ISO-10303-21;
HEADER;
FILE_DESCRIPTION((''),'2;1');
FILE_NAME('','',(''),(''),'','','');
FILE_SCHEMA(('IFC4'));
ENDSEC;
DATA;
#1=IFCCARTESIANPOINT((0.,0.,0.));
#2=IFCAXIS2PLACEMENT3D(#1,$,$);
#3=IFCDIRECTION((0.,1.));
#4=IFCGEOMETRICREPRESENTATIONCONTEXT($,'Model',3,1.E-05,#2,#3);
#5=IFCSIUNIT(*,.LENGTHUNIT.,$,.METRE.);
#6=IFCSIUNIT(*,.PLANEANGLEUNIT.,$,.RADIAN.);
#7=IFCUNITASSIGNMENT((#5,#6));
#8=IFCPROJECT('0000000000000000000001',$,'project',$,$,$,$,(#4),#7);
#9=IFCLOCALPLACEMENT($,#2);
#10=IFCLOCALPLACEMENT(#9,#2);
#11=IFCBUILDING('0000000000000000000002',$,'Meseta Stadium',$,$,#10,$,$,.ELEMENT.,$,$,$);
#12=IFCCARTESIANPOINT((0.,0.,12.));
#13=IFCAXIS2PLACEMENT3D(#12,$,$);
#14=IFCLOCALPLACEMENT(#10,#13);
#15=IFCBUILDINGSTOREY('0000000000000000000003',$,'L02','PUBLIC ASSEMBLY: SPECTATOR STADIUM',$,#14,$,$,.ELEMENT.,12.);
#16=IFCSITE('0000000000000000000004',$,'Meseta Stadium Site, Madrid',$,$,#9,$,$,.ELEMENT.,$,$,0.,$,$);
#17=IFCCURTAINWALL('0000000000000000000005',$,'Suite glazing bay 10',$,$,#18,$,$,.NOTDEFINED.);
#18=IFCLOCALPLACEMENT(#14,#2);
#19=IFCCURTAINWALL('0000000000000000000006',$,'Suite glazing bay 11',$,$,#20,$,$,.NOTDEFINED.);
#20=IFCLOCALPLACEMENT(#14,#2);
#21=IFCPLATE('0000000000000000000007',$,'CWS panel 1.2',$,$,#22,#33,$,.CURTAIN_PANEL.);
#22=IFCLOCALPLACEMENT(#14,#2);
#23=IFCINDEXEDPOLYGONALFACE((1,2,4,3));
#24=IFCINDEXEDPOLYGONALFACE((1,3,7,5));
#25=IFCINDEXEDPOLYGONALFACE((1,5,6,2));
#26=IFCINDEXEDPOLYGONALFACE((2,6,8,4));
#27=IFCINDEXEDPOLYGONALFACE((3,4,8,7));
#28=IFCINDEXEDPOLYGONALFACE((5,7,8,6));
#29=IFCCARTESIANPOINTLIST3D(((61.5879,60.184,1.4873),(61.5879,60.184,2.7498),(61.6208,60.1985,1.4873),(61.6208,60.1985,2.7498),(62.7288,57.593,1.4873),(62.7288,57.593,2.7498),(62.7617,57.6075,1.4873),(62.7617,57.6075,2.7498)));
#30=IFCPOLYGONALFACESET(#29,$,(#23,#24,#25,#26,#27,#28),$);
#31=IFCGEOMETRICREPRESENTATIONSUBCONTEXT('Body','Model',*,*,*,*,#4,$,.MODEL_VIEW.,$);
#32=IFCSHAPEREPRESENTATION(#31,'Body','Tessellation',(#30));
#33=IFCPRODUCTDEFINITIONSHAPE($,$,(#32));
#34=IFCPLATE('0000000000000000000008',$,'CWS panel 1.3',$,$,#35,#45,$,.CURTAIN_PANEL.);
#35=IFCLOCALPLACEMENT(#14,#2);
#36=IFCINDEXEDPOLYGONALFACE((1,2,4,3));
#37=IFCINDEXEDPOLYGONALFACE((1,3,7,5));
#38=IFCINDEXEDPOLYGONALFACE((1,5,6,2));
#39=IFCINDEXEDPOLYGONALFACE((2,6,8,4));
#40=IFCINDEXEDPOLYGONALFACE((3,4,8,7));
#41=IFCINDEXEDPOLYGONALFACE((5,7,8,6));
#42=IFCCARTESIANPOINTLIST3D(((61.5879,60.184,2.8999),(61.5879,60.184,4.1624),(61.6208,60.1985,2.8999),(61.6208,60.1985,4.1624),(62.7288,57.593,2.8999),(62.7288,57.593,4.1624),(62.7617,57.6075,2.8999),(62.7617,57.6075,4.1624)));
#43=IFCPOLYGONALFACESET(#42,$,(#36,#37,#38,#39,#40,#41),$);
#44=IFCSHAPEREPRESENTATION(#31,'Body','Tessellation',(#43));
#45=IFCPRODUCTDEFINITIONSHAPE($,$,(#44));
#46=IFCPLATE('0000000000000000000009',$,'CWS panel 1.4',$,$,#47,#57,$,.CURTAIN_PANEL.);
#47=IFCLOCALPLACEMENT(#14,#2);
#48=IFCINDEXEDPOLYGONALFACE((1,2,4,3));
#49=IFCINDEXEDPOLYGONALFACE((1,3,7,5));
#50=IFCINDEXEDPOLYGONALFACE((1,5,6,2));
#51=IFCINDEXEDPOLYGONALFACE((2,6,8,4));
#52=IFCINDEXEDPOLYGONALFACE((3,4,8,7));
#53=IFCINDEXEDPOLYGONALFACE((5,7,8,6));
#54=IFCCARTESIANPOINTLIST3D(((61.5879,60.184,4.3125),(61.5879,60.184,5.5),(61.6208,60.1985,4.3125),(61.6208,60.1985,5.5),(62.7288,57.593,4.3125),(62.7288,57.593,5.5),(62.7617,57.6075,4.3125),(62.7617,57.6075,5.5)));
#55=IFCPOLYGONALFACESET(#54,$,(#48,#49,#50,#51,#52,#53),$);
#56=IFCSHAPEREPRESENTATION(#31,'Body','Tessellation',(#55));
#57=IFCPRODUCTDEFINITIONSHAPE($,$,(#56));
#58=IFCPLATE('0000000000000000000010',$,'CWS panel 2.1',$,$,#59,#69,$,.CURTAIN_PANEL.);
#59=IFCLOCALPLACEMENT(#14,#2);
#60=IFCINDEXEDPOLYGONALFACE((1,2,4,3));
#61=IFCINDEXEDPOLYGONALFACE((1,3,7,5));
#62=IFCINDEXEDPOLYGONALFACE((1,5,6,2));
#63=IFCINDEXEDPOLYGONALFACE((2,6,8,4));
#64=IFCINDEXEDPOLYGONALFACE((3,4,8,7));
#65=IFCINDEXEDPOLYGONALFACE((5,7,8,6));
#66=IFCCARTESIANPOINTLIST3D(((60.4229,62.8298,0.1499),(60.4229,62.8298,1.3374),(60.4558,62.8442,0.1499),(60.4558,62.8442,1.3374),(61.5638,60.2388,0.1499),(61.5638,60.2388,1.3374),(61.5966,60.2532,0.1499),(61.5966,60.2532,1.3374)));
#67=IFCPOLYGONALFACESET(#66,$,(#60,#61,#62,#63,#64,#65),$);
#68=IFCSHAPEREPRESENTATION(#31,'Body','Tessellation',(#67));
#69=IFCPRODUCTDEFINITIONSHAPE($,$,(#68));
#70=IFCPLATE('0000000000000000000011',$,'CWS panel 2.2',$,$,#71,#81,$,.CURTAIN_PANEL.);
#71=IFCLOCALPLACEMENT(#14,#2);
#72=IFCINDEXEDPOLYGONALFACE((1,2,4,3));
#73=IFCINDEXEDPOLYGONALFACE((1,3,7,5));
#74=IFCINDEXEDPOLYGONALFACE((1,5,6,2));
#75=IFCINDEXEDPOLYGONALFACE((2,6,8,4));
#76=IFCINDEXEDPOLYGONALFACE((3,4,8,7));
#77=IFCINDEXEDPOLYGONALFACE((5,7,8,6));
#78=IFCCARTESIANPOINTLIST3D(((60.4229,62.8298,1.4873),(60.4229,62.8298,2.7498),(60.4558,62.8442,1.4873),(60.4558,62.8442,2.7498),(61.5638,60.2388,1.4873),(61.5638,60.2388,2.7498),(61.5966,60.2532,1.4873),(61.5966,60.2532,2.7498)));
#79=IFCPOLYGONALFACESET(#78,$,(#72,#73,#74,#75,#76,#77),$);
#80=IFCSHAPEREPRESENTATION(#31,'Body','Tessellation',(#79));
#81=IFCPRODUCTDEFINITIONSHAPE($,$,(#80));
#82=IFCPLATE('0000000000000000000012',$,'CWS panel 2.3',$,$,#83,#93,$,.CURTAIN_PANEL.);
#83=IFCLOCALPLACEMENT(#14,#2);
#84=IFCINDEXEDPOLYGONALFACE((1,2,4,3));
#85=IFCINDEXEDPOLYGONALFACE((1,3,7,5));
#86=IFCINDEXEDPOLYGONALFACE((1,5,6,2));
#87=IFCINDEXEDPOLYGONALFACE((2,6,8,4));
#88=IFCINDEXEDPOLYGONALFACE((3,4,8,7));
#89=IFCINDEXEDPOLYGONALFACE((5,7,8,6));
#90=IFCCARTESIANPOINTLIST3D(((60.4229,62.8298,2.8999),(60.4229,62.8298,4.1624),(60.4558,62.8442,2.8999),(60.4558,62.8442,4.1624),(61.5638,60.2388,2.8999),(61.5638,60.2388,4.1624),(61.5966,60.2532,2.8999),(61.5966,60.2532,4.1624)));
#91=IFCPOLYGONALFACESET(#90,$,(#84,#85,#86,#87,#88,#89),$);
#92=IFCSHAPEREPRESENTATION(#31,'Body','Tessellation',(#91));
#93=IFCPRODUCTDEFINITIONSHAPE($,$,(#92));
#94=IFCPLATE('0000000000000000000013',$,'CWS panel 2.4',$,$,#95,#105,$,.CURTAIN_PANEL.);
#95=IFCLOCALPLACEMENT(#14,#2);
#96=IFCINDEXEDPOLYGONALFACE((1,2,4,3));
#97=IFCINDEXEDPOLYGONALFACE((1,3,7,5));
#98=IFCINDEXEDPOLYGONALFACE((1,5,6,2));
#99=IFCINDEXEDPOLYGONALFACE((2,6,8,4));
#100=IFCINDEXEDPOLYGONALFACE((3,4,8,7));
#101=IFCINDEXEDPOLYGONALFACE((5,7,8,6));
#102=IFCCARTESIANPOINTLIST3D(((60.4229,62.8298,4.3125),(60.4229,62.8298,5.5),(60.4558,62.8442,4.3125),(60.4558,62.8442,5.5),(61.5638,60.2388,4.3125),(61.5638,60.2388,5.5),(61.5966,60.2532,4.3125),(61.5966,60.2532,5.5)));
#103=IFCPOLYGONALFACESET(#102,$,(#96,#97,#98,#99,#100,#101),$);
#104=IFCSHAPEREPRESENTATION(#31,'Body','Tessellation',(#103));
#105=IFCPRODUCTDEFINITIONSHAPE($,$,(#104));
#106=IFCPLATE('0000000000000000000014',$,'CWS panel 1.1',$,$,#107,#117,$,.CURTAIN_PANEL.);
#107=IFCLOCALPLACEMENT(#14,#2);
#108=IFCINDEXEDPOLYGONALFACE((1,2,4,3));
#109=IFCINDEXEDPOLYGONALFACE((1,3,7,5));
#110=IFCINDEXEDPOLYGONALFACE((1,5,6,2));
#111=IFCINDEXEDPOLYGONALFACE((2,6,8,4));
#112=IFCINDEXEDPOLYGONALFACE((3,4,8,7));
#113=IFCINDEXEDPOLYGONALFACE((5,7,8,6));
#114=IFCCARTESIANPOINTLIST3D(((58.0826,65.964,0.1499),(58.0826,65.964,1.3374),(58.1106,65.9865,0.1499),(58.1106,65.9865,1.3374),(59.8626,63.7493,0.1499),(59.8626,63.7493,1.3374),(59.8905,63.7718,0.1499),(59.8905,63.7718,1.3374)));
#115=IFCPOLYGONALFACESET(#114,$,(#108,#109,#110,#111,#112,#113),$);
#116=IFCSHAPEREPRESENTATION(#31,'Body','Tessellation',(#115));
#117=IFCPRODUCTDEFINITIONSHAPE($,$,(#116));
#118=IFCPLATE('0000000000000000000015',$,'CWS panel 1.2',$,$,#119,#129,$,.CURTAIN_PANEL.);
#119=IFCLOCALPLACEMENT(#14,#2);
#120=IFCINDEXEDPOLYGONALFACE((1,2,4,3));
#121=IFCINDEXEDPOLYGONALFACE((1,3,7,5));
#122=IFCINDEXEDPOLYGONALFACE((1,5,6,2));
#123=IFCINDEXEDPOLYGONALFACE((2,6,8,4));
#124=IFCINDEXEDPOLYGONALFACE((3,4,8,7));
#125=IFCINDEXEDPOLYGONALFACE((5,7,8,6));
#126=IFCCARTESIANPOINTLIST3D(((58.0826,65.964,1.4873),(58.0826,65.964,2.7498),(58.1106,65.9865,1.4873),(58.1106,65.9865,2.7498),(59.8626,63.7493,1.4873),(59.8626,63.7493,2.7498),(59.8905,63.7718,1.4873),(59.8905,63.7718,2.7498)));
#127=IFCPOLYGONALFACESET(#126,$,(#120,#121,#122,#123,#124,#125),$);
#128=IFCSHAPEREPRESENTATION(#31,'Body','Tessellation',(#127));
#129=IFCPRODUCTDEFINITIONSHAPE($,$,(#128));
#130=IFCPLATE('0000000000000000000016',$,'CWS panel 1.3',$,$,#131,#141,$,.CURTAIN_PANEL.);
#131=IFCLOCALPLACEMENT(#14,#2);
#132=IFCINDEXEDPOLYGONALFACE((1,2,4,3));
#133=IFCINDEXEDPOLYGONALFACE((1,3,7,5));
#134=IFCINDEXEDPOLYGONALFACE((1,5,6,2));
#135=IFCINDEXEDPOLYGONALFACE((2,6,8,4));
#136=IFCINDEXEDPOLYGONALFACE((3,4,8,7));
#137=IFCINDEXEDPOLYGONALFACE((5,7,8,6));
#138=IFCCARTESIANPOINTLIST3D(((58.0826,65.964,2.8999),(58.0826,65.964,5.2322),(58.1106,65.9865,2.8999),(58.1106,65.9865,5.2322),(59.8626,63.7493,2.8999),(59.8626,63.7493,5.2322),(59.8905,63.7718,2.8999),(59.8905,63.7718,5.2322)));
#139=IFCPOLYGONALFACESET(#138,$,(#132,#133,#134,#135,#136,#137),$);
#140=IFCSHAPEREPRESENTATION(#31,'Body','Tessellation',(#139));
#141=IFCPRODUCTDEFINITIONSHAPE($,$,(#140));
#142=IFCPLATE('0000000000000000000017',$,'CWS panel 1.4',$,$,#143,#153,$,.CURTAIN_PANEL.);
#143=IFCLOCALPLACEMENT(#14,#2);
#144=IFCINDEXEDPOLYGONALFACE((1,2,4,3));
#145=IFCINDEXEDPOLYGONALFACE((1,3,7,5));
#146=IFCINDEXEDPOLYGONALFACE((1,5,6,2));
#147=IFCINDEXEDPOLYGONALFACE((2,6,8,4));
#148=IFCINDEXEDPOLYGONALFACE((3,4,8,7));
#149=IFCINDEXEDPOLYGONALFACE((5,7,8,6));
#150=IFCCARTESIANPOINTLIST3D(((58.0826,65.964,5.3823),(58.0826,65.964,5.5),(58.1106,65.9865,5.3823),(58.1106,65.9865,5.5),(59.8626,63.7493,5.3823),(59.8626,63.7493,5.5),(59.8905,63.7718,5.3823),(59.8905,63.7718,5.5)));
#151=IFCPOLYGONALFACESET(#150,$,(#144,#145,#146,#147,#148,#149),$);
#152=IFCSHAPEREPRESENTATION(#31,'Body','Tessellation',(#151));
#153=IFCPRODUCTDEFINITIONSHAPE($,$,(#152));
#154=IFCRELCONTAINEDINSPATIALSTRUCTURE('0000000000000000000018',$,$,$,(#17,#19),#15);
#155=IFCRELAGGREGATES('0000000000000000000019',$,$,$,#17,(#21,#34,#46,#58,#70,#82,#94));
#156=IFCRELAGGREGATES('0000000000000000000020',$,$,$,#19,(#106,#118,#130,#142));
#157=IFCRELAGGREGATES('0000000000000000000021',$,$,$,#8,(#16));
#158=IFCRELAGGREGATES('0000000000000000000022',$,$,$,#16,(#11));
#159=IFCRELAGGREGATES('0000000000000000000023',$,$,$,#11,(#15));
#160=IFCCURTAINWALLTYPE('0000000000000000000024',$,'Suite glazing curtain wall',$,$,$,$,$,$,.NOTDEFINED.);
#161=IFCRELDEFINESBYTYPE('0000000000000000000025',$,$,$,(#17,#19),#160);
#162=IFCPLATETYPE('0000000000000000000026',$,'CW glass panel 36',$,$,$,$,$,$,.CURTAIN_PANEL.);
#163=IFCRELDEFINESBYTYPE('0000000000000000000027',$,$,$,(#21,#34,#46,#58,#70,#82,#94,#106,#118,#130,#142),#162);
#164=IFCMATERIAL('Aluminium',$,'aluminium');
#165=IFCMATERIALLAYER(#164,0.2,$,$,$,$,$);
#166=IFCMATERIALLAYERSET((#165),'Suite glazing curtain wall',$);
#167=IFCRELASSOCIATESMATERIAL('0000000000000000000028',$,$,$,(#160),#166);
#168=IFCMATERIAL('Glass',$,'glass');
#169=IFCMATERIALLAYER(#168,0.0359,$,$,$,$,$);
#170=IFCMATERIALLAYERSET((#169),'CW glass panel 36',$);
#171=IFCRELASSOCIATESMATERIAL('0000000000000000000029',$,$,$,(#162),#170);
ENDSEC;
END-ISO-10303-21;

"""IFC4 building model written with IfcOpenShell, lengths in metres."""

from ifc_helpers import new_model, si_unit, direction, frame, origin, origin_2d, place, context, subcontext, project, spatial, rectangle, extrude, material, layer, layer_set, type_object, element, aggregate, save


model = new_model("IFC4")

# Units and contexts
model_context = context("Model", 3, precision=1e-05, world=origin(), true_north=direction((0.0, 1.0)))
body_context = subcontext(model_context, "Body", "Model", "MODEL_VIEW")
ifc_project = project(units=[si_unit("LENGTHUNIT", "METRE"), si_unit("PLANEANGLEUNIT", "RADIAN")], contexts=[model_context])

# Site, building, storey
site_placement = place(None, origin())
site = spatial("IfcSite", under=ifc_project, at=site_placement, Name="Meseta Stadium Site, Madrid", CompositionType="ELEMENT", RefElevation=0.0)
building_placement = place(site_placement, origin())
building = spatial("IfcBuilding", under=site, at=building_placement, Name="Meseta Stadium", CompositionType="ELEMENT")
storey_placement = place(building_placement, frame((0.0, 0.0, 12.0)))
storey = spatial("IfcBuildingStorey", under=building, at=storey_placement, Name="L02", Description="PUBLIC ASSEMBLY: SPECTATOR STADIUM", CompositionType="ELEMENT", Elevation=12.0)

# Curtain walls
ifc_material_1 = material(Name="Aluminium", Category="aluminium")
ifc_layer_1 = layer(ifc_material_1, 0.2)
ifc_layer_set_1 = layer_set([ifc_layer_1], Name="Suite glazing curtain wall")
curtain_wall_type = type_object("IfcCurtainWallType", Name="Suite glazing curtain wall", PredefinedType="NOTDEFINED", material=ifc_layer_set_1)
curtain_wall_1_placement = place(storey_placement, origin())
curtain_wall_1 = element("IfcCurtainWall", 1, at=curtain_wall_1_placement, inside=storey, type_object=curtain_wall_type, Name="Suite glazing bay 10", PredefinedType="NOTDEFINED")
curtain_wall_2_placement = place(storey_placement, origin())
curtain_wall_2 = element("IfcCurtainWall", 2, at=curtain_wall_2_placement, inside=storey, type_object=curtain_wall_type, Name="Suite glazing bay 11", PredefinedType="NOTDEFINED")

# Plates
ifc_material_2 = material(Name="Glass", Category="glass")
ifc_layer_2 = layer(ifc_material_2, 0.0359)
ifc_layer_set_2 = layer_set([ifc_layer_2], Name="CW glass panel 36")
plate_type = type_object("IfcPlateType", Name="CW glass panel 36", PredefinedType="CURTAIN_PANEL", material=ifc_layer_set_2)
plate_1_placement = place(storey_placement, frame((62.1748, 58.8958, 1.4873), z_axis=(0.0, 0.0, 1.0), x_axis=(-0.402983, 0.915207, 0.0)))
plate_1 = element("IfcPlate", 3, at=plate_1_placement, type_object=plate_type, Name="CWS panel 1.2", PredefinedType="CURTAIN_PANEL", context=body_context, shape_type="SweptSolid", body=[
    extrude(rectangle(XDim=2.8311, YDim=0.0359, at=origin_2d()), origin(), (0.0, 0.0, 1.0), 1.2625),
])
plate_2_placement = place(storey_placement, frame((62.1748, 58.8958, 2.8999), z_axis=(0.0, 0.0, 1.0), x_axis=(-0.402983, 0.915207, 0.0)))
plate_2 = element("IfcPlate", 4, at=plate_2_placement, type_object=plate_type, Name="CWS panel 1.3", PredefinedType="CURTAIN_PANEL", context=body_context, shape_type="SweptSolid", body=[
    extrude(rectangle(XDim=2.8311, YDim=0.0359, at=origin_2d()), origin(), (0.0, 0.0, 1.0), 1.2625),
])
plate_3_placement = place(storey_placement, frame((62.1748, 58.8958, 4.3125), z_axis=(0.0, 0.0, 1.0), x_axis=(-0.402983, 0.915207, 0.0)))
plate_3 = element("IfcPlate", 5, at=plate_3_placement, type_object=plate_type, Name="CWS panel 1.4", PredefinedType="CURTAIN_PANEL", context=body_context, shape_type="SweptSolid", body=[
    extrude(rectangle(XDim=2.8311, YDim=0.0359, at=origin_2d()), origin(), (0.0, 0.0, 1.0), 1.1875),
])
plate_4_placement = place(storey_placement, frame((61.0098, 61.5415, 0.1499), z_axis=(0.0, 0.0, 1.0), x_axis=(-0.402983, 0.915207, 0.0)))
plate_4 = element("IfcPlate", 6, at=plate_4_placement, type_object=plate_type, Name="CWS panel 2.1", PredefinedType="CURTAIN_PANEL", context=body_context, shape_type="SweptSolid", body=[
    extrude(rectangle(XDim=2.8311, YDim=0.0359, at=origin_2d()), origin(), (0.0, 0.0, 1.0), 1.1875),
])
plate_5_placement = place(storey_placement, frame((61.0098, 61.5415, 1.4873), z_axis=(0.0, 0.0, 1.0), x_axis=(-0.402983, 0.915207, 0.0)))
plate_5 = element("IfcPlate", 7, at=plate_5_placement, type_object=plate_type, Name="CWS panel 2.2", PredefinedType="CURTAIN_PANEL", context=body_context, shape_type="SweptSolid", body=[
    extrude(rectangle(XDim=2.8311, YDim=0.0359, at=origin_2d()), origin(), (0.0, 0.0, 1.0), 1.2625),
])
plate_6_placement = place(storey_placement, frame((61.0098, 61.5415, 2.8999), z_axis=(0.0, 0.0, 1.0), x_axis=(-0.402983, 0.915207, 0.0)))
plate_6 = element("IfcPlate", 8, at=plate_6_placement, type_object=plate_type, Name="CWS panel 2.3", PredefinedType="CURTAIN_PANEL", context=body_context, shape_type="SweptSolid", body=[
    extrude(rectangle(XDim=2.8311, YDim=0.0359, at=origin_2d()), origin(), (0.0, 0.0, 1.0), 1.2625),
])
plate_7_placement = place(storey_placement, frame((61.0098, 61.5415, 4.3125), z_axis=(0.0, 0.0, 1.0), x_axis=(-0.402983, 0.915207, 0.0)))
plate_7 = element("IfcPlate", 9, at=plate_7_placement, type_object=plate_type, Name="CWS panel 2.4", PredefinedType="CURTAIN_PANEL", context=body_context, shape_type="SweptSolid", body=[
    extrude(rectangle(XDim=2.8311, YDim=0.0359, at=origin_2d()), origin(), (0.0, 0.0, 1.0), 1.1875),
])
aggregate(curtain_wall_1, [plate_1, plate_2, plate_3, plate_4, plate_5, plate_6, plate_7])
plate_8_placement = place(storey_placement, frame((58.9866, 64.8679, 0.1499), z_axis=(0.0, 0.0, 1.0), x_axis=(-0.62646, 0.779454, 0.0)))
plate_8 = element("IfcPlate", 10, at=plate_8_placement, type_object=plate_type, Name="CWS panel 1.1", PredefinedType="CURTAIN_PANEL", context=body_context, shape_type="SweptSolid", body=[
    extrude(rectangle(XDim=2.8413, YDim=0.0359, at=origin_2d()), origin(), (0.0, 0.0, 1.0), 1.1875),
])
plate_9_placement = place(storey_placement, frame((58.9866, 64.8679, 1.4873), z_axis=(0.0, 0.0, 1.0), x_axis=(-0.62646, 0.779454, 0.0)))
plate_9 = element("IfcPlate", 11, at=plate_9_placement, type_object=plate_type, Name="CWS panel 1.2", PredefinedType="CURTAIN_PANEL", context=body_context, shape_type="SweptSolid", body=[
    extrude(rectangle(XDim=2.8413, YDim=0.0359, at=origin_2d()), origin(), (0.0, 0.0, 1.0), 1.2625),
])
plate_10_placement = place(storey_placement, frame((58.9866, 64.8679, 2.8999), z_axis=(0.0, 0.0, 1.0), x_axis=(-0.62646, 0.779454, 0.0)))
plate_10 = element("IfcPlate", 12, at=plate_10_placement, type_object=plate_type, Name="CWS panel 1.3", PredefinedType="CURTAIN_PANEL", context=body_context, shape_type="SweptSolid", body=[
    extrude(rectangle(XDim=2.8413, YDim=0.0359, at=origin_2d()), origin(), (0.0, 0.0, 1.0), 2.3323),
])
plate_11_placement = place(storey_placement, frame((58.9866, 64.8679, 5.3823), z_axis=(0.0, 0.0, 1.0), x_axis=(-0.62646, 0.779454, 0.0)))
plate_11 = element("IfcPlate", 13, at=plate_11_placement, type_object=plate_type, Name="CWS panel 1.4", PredefinedType="CURTAIN_PANEL", context=body_context, shape_type="SweptSolid", body=[
    extrude(rectangle(XDim=2.8413, YDim=0.0359, at=origin_2d()), origin(), (0.0, 0.0, 1.0), 0.1177),
])
aggregate(curtain_wall_2, [plate_8, plate_9, plate_10, plate_11])

save(model, "model.ifc")
